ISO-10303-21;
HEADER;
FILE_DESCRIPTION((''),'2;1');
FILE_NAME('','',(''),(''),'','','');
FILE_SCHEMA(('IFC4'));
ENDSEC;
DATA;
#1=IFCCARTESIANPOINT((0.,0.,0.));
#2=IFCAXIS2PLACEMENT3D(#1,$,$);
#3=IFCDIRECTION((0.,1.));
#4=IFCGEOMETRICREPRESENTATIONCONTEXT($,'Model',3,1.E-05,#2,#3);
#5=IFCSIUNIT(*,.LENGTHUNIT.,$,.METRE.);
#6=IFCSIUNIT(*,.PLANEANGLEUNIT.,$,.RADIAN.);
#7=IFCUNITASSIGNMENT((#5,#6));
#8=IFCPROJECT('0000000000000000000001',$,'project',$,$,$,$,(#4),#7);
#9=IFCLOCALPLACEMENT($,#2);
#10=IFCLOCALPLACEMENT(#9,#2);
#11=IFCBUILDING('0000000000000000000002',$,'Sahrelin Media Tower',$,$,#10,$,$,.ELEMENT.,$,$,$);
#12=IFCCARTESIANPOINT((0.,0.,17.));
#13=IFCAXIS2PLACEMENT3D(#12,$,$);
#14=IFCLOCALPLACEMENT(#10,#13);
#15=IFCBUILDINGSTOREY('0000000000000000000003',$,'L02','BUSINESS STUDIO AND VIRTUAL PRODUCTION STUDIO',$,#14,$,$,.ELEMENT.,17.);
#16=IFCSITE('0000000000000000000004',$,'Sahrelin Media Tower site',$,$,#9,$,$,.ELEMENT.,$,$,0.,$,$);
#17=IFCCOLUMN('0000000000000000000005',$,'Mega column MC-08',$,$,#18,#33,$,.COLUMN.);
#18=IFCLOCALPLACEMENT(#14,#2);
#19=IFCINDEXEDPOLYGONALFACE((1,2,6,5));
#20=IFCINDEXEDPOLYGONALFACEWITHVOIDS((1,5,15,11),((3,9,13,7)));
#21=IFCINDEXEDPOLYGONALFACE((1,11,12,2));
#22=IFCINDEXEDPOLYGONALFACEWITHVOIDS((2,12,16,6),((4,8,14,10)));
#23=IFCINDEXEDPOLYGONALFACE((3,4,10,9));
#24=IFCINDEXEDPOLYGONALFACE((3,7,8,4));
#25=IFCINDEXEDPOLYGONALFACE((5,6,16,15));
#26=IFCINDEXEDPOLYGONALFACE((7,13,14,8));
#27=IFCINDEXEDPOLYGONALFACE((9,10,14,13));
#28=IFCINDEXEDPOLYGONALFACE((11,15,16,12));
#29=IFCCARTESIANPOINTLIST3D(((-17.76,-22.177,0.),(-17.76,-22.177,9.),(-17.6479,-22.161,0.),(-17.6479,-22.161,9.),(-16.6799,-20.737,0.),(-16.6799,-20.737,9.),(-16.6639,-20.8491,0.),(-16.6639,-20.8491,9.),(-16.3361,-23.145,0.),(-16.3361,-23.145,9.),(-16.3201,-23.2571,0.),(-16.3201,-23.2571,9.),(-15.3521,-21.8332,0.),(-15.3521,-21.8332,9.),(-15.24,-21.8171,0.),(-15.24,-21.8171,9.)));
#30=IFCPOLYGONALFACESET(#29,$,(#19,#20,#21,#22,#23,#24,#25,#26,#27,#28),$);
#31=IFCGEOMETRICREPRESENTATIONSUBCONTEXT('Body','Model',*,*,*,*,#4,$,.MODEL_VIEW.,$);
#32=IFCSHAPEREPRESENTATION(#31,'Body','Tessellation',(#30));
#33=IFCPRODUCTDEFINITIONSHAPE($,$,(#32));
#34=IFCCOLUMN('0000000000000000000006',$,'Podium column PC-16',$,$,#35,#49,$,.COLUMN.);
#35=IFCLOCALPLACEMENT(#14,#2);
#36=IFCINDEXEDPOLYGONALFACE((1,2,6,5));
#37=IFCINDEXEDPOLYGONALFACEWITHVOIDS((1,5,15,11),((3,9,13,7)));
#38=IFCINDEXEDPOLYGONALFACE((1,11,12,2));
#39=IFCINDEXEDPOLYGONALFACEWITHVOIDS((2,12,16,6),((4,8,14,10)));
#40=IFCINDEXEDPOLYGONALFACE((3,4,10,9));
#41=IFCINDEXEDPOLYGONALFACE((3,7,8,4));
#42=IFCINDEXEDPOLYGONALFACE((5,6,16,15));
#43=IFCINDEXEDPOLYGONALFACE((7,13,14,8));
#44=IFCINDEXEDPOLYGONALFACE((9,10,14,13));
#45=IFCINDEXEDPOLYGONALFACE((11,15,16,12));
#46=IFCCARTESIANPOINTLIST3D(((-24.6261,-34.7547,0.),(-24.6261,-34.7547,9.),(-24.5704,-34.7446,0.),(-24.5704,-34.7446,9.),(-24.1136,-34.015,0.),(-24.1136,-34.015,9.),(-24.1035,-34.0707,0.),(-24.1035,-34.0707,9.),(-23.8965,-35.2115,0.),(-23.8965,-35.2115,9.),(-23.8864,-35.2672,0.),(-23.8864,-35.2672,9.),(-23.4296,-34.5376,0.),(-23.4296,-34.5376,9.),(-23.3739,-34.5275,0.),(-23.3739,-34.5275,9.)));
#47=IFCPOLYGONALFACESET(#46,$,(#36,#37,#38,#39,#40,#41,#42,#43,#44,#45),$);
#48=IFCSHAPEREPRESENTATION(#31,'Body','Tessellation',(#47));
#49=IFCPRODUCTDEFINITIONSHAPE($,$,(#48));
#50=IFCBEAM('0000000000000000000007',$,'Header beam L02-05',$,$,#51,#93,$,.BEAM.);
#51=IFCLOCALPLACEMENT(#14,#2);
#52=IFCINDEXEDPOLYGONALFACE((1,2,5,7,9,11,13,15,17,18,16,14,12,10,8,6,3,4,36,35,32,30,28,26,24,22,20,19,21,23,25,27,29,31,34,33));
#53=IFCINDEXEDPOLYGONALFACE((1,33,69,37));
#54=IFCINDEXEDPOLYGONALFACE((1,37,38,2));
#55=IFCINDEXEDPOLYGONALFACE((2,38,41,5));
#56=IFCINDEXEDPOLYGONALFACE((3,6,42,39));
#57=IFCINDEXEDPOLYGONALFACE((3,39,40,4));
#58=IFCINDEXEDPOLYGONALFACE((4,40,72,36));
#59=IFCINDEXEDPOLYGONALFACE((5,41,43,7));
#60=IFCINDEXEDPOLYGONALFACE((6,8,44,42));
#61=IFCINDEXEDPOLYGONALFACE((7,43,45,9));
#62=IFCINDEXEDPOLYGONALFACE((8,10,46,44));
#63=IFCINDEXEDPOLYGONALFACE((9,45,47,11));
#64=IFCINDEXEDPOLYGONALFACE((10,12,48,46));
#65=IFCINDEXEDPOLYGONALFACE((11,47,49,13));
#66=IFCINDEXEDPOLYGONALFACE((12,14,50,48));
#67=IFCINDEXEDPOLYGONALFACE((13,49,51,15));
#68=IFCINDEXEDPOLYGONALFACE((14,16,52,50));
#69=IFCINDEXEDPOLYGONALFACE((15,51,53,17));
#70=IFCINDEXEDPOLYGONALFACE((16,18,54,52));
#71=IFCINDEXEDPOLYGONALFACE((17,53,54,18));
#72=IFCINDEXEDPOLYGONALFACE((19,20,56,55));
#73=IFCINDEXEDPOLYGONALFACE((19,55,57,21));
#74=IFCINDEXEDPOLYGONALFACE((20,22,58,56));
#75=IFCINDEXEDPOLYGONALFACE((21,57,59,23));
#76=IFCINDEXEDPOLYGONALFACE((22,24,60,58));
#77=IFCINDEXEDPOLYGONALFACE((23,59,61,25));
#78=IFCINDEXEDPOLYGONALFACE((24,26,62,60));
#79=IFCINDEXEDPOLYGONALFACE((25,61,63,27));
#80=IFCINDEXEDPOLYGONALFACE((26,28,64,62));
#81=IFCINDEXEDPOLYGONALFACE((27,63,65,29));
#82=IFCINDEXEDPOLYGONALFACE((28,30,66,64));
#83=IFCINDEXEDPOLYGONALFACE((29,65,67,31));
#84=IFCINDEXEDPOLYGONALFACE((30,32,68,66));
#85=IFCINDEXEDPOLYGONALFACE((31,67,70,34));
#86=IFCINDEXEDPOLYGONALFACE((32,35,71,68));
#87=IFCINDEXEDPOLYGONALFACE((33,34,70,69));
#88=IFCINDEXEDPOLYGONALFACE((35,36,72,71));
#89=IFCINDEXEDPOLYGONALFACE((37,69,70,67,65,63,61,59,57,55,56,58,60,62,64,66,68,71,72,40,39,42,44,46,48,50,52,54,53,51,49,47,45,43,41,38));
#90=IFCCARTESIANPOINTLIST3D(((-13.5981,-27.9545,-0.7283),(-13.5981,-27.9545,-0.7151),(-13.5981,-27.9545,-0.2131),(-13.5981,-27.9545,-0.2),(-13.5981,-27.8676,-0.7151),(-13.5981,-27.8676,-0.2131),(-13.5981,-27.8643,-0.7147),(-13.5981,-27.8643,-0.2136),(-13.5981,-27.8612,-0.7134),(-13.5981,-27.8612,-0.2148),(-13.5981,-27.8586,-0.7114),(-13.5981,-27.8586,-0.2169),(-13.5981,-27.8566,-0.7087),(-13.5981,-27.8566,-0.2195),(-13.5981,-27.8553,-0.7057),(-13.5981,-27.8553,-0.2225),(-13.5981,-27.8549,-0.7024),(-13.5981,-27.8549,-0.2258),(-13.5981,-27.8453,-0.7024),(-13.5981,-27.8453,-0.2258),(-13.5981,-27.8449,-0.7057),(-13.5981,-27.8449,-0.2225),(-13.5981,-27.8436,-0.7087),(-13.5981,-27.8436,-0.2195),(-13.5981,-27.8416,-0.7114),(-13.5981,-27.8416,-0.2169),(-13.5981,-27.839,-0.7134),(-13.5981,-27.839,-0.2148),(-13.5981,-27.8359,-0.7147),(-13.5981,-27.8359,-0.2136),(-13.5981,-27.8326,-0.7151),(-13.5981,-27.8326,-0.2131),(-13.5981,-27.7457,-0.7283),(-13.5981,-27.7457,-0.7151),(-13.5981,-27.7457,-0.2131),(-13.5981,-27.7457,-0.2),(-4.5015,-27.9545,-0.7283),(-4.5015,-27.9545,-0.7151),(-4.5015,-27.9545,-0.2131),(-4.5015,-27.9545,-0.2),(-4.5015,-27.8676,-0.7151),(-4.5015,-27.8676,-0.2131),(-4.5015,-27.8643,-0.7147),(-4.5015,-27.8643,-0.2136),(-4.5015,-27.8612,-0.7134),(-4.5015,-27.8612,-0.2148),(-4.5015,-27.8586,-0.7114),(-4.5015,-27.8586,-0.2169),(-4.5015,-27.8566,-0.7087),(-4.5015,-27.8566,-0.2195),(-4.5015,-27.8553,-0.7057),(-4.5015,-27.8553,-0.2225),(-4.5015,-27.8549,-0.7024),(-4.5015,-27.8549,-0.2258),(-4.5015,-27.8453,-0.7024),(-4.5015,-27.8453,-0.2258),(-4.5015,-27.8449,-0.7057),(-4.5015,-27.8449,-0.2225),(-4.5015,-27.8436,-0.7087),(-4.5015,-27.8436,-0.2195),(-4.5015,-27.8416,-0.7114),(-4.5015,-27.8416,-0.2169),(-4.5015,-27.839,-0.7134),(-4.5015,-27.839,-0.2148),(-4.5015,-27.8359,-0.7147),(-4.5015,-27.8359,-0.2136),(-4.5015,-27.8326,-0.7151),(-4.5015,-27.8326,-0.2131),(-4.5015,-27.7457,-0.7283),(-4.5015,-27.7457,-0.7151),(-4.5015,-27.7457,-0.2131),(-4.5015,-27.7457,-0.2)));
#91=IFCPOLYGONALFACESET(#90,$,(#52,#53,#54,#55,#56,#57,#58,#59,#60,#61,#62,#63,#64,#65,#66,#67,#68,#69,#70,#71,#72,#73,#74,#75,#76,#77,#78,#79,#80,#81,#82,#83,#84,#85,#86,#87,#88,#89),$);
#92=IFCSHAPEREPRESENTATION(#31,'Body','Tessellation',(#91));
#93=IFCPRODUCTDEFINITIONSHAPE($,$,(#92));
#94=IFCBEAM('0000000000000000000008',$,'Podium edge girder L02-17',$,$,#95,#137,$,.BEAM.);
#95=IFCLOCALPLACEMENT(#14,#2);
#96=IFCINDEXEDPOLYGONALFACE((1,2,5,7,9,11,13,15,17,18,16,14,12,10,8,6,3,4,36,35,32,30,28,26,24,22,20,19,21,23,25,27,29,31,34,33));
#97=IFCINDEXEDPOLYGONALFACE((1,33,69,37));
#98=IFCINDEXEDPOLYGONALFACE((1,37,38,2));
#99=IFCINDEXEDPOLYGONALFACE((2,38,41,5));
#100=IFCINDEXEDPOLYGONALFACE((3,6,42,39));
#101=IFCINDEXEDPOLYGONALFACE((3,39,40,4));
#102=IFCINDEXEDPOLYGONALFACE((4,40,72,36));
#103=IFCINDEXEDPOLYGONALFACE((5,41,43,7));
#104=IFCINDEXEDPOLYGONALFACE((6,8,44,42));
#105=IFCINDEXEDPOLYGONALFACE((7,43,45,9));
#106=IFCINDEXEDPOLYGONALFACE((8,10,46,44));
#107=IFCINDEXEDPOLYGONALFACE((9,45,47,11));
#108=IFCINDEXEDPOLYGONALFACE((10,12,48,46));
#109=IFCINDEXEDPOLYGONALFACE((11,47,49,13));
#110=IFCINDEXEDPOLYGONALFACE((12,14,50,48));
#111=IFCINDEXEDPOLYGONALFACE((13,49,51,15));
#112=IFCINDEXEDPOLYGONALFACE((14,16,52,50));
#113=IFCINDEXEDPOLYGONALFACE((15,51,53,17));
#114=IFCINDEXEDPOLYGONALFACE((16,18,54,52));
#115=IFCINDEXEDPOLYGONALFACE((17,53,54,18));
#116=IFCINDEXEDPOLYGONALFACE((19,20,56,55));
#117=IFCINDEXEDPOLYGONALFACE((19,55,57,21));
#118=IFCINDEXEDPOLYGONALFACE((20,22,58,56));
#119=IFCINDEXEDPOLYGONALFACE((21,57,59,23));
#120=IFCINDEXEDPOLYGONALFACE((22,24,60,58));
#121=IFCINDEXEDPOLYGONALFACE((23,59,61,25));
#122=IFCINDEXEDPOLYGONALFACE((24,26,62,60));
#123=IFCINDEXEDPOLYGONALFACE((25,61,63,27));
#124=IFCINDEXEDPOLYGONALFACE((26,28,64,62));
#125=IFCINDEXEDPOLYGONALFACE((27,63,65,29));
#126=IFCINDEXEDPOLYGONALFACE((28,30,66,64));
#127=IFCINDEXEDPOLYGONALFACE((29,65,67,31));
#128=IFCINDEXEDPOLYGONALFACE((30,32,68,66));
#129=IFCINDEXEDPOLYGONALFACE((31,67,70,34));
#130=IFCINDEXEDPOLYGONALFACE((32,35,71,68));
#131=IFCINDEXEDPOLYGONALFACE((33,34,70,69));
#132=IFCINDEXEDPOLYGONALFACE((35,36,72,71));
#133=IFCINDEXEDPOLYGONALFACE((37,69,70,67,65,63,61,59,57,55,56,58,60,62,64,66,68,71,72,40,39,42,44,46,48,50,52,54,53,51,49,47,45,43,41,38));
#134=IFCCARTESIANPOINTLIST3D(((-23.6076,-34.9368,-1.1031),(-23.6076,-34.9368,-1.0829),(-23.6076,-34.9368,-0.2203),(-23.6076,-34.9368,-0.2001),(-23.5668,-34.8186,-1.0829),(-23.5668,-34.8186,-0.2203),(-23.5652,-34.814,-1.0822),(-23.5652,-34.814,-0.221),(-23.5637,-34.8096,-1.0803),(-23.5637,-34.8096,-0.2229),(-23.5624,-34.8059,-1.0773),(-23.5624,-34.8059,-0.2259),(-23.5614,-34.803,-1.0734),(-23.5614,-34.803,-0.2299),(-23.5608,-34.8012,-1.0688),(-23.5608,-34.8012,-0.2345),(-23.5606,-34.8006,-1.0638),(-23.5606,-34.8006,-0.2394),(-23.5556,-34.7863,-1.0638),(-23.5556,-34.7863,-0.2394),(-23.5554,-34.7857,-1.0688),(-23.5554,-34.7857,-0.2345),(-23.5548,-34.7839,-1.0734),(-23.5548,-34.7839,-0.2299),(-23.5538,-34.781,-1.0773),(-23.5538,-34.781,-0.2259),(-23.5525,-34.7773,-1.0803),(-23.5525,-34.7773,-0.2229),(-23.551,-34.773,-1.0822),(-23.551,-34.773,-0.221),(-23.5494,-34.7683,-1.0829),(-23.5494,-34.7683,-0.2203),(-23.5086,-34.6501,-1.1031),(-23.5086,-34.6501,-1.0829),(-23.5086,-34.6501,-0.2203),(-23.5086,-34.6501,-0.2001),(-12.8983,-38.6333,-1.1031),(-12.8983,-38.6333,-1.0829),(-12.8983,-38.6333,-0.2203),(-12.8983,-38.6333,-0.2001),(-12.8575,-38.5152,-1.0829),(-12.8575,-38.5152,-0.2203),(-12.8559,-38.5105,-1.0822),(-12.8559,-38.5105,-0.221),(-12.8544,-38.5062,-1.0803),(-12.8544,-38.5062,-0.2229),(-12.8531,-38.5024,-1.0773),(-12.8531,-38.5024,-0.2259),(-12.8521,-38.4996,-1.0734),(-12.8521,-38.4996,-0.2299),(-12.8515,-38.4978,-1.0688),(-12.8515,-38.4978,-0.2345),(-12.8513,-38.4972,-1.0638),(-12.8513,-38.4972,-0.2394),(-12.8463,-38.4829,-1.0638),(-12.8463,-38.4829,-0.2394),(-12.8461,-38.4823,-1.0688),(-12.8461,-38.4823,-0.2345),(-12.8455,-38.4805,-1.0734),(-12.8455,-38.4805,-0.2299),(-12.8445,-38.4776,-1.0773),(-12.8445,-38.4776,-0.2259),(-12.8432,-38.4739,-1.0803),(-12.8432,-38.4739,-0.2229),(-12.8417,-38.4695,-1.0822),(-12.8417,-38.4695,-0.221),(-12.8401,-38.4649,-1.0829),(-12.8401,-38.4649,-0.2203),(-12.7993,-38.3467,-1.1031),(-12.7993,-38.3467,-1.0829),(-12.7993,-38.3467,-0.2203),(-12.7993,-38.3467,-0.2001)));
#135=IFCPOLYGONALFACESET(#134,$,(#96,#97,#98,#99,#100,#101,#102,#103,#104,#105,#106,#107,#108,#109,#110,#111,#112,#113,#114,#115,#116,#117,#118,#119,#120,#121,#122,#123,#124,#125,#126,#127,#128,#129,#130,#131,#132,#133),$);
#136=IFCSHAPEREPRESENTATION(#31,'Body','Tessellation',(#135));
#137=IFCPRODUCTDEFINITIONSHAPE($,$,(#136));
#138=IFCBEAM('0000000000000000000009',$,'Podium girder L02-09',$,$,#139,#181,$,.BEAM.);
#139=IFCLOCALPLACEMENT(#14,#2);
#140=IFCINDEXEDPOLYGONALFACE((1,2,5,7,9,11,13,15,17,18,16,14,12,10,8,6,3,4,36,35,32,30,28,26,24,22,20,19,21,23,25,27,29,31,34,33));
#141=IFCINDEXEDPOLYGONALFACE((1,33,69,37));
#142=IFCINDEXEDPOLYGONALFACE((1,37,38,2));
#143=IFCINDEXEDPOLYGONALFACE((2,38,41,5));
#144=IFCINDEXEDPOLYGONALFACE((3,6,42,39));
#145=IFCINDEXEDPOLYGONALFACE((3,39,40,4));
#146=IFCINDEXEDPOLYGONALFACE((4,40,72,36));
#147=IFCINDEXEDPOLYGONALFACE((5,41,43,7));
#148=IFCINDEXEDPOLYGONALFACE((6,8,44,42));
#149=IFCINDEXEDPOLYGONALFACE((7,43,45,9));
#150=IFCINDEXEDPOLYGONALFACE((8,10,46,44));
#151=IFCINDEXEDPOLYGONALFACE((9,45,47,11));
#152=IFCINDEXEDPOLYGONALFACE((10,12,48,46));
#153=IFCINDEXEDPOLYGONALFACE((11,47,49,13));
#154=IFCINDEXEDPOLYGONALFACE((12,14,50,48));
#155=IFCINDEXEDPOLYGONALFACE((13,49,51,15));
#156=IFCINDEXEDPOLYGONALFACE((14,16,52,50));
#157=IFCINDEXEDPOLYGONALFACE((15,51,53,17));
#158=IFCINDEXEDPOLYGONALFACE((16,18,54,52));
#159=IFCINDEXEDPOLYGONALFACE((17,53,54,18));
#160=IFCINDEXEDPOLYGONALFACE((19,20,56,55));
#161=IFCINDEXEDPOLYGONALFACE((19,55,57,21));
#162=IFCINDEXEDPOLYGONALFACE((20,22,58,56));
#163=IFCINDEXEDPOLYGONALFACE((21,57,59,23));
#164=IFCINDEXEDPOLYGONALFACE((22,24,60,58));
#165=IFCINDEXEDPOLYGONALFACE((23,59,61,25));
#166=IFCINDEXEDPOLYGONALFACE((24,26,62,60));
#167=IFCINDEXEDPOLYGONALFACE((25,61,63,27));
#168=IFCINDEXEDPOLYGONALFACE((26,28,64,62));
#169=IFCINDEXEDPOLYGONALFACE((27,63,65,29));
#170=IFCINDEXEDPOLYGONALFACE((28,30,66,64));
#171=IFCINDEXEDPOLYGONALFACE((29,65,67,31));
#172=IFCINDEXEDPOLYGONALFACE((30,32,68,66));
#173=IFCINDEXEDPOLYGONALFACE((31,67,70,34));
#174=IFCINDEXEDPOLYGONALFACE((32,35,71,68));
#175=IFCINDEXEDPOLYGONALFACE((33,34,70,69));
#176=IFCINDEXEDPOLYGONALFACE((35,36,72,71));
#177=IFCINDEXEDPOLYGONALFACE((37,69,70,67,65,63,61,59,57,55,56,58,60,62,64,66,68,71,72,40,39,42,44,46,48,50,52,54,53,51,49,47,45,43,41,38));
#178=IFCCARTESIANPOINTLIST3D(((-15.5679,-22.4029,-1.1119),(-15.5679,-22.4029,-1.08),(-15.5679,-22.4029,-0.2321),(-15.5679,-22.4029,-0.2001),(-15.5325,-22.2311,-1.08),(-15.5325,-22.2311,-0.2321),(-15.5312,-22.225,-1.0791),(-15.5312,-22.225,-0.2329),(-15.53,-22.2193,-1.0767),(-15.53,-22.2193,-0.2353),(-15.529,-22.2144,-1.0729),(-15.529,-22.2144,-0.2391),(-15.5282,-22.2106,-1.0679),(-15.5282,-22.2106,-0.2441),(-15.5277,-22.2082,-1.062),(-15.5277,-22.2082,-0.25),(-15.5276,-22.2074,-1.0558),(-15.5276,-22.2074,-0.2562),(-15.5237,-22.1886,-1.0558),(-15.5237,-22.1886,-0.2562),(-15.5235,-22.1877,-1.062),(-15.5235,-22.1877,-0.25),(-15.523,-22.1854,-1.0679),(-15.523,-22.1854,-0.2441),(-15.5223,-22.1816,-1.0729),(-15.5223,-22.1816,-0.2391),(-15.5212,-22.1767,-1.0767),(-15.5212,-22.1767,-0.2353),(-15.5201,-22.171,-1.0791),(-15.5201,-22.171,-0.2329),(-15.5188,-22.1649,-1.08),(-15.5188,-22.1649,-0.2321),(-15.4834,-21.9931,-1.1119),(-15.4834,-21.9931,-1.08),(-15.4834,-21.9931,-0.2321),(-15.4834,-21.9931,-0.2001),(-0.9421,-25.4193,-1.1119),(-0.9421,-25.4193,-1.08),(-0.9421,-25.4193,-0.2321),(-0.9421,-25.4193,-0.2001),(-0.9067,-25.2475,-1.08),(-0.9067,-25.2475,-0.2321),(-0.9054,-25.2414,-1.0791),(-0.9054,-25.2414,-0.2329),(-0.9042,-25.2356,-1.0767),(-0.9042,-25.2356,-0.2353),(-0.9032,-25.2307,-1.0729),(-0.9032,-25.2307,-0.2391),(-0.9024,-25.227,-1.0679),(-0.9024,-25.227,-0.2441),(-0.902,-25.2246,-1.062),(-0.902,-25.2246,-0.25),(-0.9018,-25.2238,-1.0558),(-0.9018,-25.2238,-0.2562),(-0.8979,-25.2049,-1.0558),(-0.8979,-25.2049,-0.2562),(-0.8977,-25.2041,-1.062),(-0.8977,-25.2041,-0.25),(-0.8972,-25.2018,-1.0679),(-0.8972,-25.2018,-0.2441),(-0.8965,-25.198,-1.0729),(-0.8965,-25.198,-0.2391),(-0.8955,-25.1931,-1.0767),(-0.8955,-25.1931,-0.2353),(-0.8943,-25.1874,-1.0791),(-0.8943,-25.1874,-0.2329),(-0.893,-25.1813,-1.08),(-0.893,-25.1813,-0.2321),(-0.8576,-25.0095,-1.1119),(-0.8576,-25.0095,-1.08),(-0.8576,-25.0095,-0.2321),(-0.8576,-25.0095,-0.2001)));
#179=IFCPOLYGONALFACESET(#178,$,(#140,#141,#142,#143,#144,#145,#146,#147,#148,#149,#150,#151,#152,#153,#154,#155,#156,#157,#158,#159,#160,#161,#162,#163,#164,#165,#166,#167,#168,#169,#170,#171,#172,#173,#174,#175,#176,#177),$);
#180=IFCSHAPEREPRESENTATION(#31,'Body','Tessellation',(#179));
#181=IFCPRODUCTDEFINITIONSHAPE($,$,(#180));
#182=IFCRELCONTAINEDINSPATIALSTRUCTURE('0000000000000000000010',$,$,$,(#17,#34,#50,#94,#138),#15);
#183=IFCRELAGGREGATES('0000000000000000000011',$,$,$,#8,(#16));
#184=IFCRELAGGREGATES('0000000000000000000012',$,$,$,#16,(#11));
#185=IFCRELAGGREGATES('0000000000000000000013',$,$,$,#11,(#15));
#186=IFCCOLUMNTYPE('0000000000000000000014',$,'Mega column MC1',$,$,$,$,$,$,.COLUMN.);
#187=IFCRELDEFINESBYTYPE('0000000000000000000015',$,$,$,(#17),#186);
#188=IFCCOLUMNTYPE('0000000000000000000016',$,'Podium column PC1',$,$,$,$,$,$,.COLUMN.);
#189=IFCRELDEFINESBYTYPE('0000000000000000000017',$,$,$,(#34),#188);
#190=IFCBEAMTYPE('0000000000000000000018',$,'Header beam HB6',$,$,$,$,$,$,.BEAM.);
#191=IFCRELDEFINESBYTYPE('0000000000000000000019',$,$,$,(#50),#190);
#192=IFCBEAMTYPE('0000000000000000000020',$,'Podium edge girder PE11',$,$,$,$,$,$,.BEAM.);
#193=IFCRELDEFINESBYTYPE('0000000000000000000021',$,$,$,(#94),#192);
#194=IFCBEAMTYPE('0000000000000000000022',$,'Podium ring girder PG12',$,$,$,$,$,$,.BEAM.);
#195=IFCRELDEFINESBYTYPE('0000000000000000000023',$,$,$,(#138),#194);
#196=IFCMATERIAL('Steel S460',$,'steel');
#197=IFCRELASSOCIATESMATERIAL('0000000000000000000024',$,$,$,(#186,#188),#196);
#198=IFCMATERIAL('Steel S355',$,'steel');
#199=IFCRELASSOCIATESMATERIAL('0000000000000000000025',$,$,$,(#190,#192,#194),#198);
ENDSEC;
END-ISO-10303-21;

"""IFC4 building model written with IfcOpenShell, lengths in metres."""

from ifc_helpers import new_model, si_unit, direction, frame, origin, origin_2d, place, context, subcontext, project, spatial, hollow_rectangle, i_section, extrude, material, material_profile, profile_set, type_object, element, save


model = new_model("IFC4")

# Units and contexts
model_context = context("Model", 3, precision=1e-05, world=origin(), true_north=direction((0.0, 1.0)))
body_context = subcontext(model_context, "Body", "Model", "MODEL_VIEW")
ifc_project = project(units=[si_unit("LENGTHUNIT", "METRE"), si_unit("PLANEANGLEUNIT", "RADIAN")], contexts=[model_context])

# Site, building, storey
site_placement = place(None, origin())
site = spatial("IfcSite", under=ifc_project, at=site_placement, Name="Sahrelin Media Tower site", CompositionType="ELEMENT", RefElevation=0.0)
building_placement = place(site_placement, origin())
building = spatial("IfcBuilding", under=site, at=building_placement, Name="Sahrelin Media Tower", CompositionType="ELEMENT")
storey_placement = place(building_placement, frame((0.0, 0.0, 17.0)))
storey = spatial("IfcBuildingStorey", under=building, at=storey_placement, Name="L02", Description="BUSINESS STUDIO AND VIRTUAL PRODUCTION STUDIO", CompositionType="ELEMENT", Elevation=17.0)

# Columns
ifc_material_1 = material(Name="Steel S460", Category="steel")
ifc_material_profile_1 = material_profile(ifc_material_1, hollow_rectangle(XDim=1.8, YDim=1.8, WallThickness=0.0801, at=origin_2d()), Name="Mega column MC1")
ifc_profile_set_1 = profile_set([ifc_material_profile_1], Name="Steel S460")
column_type_1 = type_object("IfcColumnType", Name="Mega column MC1", PredefinedType="COLUMN", material=ifc_profile_set_1)
column_1_placement = place(storey_placement, frame((-16.5, -21.9971, 0.0), z_axis=(0.0, 0.0, 1.0), x_axis=(-0.600052, -0.799961, 0.0)))
element("IfcColumn", 1, at=column_1_placement, inside=storey, type_object=column_type_1, Name="Mega column MC-08", PredefinedType="COLUMN", context=body_context, shape_type="SweptSolid", body=[
    extrude(hollow_rectangle(XDim=1.8, YDim=1.8, WallThickness=0.0801, at=origin_2d()), origin(), (0.0, 0.0, 1.0), 9.0),
])
ifc_material_profile_2 = material_profile(ifc_material_1, hollow_rectangle(XDim=0.8999, YDim=0.8999, WallThickness=0.04, at=origin_2d()), Name="Podium column PC1")
ifc_profile_set_2 = profile_set([ifc_material_profile_2], Name="Steel S460")
column_type_2 = type_object("IfcColumnType", Name="Podium column PC1", PredefinedType="COLUMN", material=ifc_profile_set_2)
column_2_placement = place(storey_placement, frame((-24.0, -34.6411, 0.0), z_axis=(0.0, 0.0, 1.0), x_axis=(-0.569495, -0.821995, 0.0)))
element("IfcColumn", 2, at=column_2_placement, inside=storey, type_object=column_type_2, Name="Podium column PC-16", PredefinedType="COLUMN", context=body_context, shape_type="SweptSolid", body=[
    extrude(hollow_rectangle(XDim=0.8999, YDim=0.8999, WallThickness=0.04, at=origin_2d()), origin(), (0.0, 0.0, 1.0), 9.0),
])

# Beams
ifc_material_2 = material(Name="Steel S355", Category="steel")
ifc_material_profile_3 = material_profile(ifc_material_2, i_section(OverallWidth=0.2087, OverallDepth=0.5283, WebThickness=0.0095, FlangeThickness=0.0132, FilletRadius=0.0127, at=origin_2d()), Name="UB 533x210x82")
ifc_profile_set_3 = profile_set([ifc_material_profile_3], Name="Steel S355")
beam_type_1 = type_object("IfcBeamType", Name="Header beam HB6", PredefinedType="BEAM", material=ifc_profile_set_3)
beam_1_placement = place(storey_placement, frame((-13.5981, -27.8501, -0.4641), z_axis=(1.0, 0.0, 0.0), x_axis=(0.0, 1.0, 0.0)))
element("IfcBeam", 3, at=beam_1_placement, inside=storey, type_object=beam_type_1, Name="Header beam L02-05", PredefinedType="BEAM", context=body_context, shape_type="SweptSolid", body=[
    extrude(i_section(OverallWidth=0.2087, OverallDepth=0.5283, WebThickness=0.0095, FlangeThickness=0.0132, FilletRadius=0.0127, at=origin_2d()), origin(), (0.0, 0.0, 1.0), 9.0967),
])
ifc_material_profile_4 = material_profile(ifc_material_2, i_section(OverallWidth=0.3032, OverallDepth=0.9031, WebThickness=0.0151, FlangeThickness=0.0203, FilletRadius=0.019, at=origin_2d()), Name="UB 914x305x201")
ifc_profile_set_4 = profile_set([ifc_material_profile_4], Name="Steel S355")
beam_type_2 = type_object("IfcBeamType", Name="Podium edge girder PE11", PredefinedType="BEAM", material=ifc_profile_set_4)
beam_2_placement = place(storey_placement, frame((-23.5581, -34.7935, -0.6516), z_axis=(0.945272, -0.326282, 0.0), x_axis=(0.326282, 0.945272, 0.0)))
element("IfcBeam", 4, at=beam_2_placement, inside=storey, type_object=beam_type_2, Name="Podium edge girder L02-17", PredefinedType="BEAM", context=body_context, shape_type="SweptSolid", body=[
    extrude(i_section(OverallWidth=0.3032, OverallDepth=0.9031, WebThickness=0.0151, FlangeThickness=0.0203, FilletRadius=0.019, at=origin_2d()), origin(), (0.0, 0.0, 1.0), 11.3293),
])
ifc_material_profile_5 = material_profile(ifc_material_2, i_section(OverallWidth=0.4185, OverallDepth=0.9119, WebThickness=0.0193, FlangeThickness=0.032, FilletRadius=0.0242, at=origin_2d()), Name="UB 914x419x343")
ifc_profile_set_5 = profile_set([ifc_material_profile_5], Name="Steel S355")
beam_type_3 = type_object("IfcBeamType", Name="Podium ring girder PG12", PredefinedType="BEAM", material=ifc_profile_set_5)
beam_3_placement = place(storey_placement, frame((-15.5256, -22.198, -0.656), z_axis=(0.979389, -0.201985, 0.0), x_axis=(0.201985, 0.979389, 0.0)))
element("IfcBeam", 5, at=beam_3_placement, inside=storey, type_object=beam_type_3, Name="Podium girder L02-09", PredefinedType="BEAM", context=body_context, shape_type="SweptSolid", body=[
    extrude(i_section(OverallWidth=0.4185, OverallDepth=0.9119, WebThickness=0.0193, FlangeThickness=0.032, FilletRadius=0.0242, at=origin_2d()), origin(), (0.0, 0.0, 1.0), 14.9336),
])

save(model, "model.ifc")
